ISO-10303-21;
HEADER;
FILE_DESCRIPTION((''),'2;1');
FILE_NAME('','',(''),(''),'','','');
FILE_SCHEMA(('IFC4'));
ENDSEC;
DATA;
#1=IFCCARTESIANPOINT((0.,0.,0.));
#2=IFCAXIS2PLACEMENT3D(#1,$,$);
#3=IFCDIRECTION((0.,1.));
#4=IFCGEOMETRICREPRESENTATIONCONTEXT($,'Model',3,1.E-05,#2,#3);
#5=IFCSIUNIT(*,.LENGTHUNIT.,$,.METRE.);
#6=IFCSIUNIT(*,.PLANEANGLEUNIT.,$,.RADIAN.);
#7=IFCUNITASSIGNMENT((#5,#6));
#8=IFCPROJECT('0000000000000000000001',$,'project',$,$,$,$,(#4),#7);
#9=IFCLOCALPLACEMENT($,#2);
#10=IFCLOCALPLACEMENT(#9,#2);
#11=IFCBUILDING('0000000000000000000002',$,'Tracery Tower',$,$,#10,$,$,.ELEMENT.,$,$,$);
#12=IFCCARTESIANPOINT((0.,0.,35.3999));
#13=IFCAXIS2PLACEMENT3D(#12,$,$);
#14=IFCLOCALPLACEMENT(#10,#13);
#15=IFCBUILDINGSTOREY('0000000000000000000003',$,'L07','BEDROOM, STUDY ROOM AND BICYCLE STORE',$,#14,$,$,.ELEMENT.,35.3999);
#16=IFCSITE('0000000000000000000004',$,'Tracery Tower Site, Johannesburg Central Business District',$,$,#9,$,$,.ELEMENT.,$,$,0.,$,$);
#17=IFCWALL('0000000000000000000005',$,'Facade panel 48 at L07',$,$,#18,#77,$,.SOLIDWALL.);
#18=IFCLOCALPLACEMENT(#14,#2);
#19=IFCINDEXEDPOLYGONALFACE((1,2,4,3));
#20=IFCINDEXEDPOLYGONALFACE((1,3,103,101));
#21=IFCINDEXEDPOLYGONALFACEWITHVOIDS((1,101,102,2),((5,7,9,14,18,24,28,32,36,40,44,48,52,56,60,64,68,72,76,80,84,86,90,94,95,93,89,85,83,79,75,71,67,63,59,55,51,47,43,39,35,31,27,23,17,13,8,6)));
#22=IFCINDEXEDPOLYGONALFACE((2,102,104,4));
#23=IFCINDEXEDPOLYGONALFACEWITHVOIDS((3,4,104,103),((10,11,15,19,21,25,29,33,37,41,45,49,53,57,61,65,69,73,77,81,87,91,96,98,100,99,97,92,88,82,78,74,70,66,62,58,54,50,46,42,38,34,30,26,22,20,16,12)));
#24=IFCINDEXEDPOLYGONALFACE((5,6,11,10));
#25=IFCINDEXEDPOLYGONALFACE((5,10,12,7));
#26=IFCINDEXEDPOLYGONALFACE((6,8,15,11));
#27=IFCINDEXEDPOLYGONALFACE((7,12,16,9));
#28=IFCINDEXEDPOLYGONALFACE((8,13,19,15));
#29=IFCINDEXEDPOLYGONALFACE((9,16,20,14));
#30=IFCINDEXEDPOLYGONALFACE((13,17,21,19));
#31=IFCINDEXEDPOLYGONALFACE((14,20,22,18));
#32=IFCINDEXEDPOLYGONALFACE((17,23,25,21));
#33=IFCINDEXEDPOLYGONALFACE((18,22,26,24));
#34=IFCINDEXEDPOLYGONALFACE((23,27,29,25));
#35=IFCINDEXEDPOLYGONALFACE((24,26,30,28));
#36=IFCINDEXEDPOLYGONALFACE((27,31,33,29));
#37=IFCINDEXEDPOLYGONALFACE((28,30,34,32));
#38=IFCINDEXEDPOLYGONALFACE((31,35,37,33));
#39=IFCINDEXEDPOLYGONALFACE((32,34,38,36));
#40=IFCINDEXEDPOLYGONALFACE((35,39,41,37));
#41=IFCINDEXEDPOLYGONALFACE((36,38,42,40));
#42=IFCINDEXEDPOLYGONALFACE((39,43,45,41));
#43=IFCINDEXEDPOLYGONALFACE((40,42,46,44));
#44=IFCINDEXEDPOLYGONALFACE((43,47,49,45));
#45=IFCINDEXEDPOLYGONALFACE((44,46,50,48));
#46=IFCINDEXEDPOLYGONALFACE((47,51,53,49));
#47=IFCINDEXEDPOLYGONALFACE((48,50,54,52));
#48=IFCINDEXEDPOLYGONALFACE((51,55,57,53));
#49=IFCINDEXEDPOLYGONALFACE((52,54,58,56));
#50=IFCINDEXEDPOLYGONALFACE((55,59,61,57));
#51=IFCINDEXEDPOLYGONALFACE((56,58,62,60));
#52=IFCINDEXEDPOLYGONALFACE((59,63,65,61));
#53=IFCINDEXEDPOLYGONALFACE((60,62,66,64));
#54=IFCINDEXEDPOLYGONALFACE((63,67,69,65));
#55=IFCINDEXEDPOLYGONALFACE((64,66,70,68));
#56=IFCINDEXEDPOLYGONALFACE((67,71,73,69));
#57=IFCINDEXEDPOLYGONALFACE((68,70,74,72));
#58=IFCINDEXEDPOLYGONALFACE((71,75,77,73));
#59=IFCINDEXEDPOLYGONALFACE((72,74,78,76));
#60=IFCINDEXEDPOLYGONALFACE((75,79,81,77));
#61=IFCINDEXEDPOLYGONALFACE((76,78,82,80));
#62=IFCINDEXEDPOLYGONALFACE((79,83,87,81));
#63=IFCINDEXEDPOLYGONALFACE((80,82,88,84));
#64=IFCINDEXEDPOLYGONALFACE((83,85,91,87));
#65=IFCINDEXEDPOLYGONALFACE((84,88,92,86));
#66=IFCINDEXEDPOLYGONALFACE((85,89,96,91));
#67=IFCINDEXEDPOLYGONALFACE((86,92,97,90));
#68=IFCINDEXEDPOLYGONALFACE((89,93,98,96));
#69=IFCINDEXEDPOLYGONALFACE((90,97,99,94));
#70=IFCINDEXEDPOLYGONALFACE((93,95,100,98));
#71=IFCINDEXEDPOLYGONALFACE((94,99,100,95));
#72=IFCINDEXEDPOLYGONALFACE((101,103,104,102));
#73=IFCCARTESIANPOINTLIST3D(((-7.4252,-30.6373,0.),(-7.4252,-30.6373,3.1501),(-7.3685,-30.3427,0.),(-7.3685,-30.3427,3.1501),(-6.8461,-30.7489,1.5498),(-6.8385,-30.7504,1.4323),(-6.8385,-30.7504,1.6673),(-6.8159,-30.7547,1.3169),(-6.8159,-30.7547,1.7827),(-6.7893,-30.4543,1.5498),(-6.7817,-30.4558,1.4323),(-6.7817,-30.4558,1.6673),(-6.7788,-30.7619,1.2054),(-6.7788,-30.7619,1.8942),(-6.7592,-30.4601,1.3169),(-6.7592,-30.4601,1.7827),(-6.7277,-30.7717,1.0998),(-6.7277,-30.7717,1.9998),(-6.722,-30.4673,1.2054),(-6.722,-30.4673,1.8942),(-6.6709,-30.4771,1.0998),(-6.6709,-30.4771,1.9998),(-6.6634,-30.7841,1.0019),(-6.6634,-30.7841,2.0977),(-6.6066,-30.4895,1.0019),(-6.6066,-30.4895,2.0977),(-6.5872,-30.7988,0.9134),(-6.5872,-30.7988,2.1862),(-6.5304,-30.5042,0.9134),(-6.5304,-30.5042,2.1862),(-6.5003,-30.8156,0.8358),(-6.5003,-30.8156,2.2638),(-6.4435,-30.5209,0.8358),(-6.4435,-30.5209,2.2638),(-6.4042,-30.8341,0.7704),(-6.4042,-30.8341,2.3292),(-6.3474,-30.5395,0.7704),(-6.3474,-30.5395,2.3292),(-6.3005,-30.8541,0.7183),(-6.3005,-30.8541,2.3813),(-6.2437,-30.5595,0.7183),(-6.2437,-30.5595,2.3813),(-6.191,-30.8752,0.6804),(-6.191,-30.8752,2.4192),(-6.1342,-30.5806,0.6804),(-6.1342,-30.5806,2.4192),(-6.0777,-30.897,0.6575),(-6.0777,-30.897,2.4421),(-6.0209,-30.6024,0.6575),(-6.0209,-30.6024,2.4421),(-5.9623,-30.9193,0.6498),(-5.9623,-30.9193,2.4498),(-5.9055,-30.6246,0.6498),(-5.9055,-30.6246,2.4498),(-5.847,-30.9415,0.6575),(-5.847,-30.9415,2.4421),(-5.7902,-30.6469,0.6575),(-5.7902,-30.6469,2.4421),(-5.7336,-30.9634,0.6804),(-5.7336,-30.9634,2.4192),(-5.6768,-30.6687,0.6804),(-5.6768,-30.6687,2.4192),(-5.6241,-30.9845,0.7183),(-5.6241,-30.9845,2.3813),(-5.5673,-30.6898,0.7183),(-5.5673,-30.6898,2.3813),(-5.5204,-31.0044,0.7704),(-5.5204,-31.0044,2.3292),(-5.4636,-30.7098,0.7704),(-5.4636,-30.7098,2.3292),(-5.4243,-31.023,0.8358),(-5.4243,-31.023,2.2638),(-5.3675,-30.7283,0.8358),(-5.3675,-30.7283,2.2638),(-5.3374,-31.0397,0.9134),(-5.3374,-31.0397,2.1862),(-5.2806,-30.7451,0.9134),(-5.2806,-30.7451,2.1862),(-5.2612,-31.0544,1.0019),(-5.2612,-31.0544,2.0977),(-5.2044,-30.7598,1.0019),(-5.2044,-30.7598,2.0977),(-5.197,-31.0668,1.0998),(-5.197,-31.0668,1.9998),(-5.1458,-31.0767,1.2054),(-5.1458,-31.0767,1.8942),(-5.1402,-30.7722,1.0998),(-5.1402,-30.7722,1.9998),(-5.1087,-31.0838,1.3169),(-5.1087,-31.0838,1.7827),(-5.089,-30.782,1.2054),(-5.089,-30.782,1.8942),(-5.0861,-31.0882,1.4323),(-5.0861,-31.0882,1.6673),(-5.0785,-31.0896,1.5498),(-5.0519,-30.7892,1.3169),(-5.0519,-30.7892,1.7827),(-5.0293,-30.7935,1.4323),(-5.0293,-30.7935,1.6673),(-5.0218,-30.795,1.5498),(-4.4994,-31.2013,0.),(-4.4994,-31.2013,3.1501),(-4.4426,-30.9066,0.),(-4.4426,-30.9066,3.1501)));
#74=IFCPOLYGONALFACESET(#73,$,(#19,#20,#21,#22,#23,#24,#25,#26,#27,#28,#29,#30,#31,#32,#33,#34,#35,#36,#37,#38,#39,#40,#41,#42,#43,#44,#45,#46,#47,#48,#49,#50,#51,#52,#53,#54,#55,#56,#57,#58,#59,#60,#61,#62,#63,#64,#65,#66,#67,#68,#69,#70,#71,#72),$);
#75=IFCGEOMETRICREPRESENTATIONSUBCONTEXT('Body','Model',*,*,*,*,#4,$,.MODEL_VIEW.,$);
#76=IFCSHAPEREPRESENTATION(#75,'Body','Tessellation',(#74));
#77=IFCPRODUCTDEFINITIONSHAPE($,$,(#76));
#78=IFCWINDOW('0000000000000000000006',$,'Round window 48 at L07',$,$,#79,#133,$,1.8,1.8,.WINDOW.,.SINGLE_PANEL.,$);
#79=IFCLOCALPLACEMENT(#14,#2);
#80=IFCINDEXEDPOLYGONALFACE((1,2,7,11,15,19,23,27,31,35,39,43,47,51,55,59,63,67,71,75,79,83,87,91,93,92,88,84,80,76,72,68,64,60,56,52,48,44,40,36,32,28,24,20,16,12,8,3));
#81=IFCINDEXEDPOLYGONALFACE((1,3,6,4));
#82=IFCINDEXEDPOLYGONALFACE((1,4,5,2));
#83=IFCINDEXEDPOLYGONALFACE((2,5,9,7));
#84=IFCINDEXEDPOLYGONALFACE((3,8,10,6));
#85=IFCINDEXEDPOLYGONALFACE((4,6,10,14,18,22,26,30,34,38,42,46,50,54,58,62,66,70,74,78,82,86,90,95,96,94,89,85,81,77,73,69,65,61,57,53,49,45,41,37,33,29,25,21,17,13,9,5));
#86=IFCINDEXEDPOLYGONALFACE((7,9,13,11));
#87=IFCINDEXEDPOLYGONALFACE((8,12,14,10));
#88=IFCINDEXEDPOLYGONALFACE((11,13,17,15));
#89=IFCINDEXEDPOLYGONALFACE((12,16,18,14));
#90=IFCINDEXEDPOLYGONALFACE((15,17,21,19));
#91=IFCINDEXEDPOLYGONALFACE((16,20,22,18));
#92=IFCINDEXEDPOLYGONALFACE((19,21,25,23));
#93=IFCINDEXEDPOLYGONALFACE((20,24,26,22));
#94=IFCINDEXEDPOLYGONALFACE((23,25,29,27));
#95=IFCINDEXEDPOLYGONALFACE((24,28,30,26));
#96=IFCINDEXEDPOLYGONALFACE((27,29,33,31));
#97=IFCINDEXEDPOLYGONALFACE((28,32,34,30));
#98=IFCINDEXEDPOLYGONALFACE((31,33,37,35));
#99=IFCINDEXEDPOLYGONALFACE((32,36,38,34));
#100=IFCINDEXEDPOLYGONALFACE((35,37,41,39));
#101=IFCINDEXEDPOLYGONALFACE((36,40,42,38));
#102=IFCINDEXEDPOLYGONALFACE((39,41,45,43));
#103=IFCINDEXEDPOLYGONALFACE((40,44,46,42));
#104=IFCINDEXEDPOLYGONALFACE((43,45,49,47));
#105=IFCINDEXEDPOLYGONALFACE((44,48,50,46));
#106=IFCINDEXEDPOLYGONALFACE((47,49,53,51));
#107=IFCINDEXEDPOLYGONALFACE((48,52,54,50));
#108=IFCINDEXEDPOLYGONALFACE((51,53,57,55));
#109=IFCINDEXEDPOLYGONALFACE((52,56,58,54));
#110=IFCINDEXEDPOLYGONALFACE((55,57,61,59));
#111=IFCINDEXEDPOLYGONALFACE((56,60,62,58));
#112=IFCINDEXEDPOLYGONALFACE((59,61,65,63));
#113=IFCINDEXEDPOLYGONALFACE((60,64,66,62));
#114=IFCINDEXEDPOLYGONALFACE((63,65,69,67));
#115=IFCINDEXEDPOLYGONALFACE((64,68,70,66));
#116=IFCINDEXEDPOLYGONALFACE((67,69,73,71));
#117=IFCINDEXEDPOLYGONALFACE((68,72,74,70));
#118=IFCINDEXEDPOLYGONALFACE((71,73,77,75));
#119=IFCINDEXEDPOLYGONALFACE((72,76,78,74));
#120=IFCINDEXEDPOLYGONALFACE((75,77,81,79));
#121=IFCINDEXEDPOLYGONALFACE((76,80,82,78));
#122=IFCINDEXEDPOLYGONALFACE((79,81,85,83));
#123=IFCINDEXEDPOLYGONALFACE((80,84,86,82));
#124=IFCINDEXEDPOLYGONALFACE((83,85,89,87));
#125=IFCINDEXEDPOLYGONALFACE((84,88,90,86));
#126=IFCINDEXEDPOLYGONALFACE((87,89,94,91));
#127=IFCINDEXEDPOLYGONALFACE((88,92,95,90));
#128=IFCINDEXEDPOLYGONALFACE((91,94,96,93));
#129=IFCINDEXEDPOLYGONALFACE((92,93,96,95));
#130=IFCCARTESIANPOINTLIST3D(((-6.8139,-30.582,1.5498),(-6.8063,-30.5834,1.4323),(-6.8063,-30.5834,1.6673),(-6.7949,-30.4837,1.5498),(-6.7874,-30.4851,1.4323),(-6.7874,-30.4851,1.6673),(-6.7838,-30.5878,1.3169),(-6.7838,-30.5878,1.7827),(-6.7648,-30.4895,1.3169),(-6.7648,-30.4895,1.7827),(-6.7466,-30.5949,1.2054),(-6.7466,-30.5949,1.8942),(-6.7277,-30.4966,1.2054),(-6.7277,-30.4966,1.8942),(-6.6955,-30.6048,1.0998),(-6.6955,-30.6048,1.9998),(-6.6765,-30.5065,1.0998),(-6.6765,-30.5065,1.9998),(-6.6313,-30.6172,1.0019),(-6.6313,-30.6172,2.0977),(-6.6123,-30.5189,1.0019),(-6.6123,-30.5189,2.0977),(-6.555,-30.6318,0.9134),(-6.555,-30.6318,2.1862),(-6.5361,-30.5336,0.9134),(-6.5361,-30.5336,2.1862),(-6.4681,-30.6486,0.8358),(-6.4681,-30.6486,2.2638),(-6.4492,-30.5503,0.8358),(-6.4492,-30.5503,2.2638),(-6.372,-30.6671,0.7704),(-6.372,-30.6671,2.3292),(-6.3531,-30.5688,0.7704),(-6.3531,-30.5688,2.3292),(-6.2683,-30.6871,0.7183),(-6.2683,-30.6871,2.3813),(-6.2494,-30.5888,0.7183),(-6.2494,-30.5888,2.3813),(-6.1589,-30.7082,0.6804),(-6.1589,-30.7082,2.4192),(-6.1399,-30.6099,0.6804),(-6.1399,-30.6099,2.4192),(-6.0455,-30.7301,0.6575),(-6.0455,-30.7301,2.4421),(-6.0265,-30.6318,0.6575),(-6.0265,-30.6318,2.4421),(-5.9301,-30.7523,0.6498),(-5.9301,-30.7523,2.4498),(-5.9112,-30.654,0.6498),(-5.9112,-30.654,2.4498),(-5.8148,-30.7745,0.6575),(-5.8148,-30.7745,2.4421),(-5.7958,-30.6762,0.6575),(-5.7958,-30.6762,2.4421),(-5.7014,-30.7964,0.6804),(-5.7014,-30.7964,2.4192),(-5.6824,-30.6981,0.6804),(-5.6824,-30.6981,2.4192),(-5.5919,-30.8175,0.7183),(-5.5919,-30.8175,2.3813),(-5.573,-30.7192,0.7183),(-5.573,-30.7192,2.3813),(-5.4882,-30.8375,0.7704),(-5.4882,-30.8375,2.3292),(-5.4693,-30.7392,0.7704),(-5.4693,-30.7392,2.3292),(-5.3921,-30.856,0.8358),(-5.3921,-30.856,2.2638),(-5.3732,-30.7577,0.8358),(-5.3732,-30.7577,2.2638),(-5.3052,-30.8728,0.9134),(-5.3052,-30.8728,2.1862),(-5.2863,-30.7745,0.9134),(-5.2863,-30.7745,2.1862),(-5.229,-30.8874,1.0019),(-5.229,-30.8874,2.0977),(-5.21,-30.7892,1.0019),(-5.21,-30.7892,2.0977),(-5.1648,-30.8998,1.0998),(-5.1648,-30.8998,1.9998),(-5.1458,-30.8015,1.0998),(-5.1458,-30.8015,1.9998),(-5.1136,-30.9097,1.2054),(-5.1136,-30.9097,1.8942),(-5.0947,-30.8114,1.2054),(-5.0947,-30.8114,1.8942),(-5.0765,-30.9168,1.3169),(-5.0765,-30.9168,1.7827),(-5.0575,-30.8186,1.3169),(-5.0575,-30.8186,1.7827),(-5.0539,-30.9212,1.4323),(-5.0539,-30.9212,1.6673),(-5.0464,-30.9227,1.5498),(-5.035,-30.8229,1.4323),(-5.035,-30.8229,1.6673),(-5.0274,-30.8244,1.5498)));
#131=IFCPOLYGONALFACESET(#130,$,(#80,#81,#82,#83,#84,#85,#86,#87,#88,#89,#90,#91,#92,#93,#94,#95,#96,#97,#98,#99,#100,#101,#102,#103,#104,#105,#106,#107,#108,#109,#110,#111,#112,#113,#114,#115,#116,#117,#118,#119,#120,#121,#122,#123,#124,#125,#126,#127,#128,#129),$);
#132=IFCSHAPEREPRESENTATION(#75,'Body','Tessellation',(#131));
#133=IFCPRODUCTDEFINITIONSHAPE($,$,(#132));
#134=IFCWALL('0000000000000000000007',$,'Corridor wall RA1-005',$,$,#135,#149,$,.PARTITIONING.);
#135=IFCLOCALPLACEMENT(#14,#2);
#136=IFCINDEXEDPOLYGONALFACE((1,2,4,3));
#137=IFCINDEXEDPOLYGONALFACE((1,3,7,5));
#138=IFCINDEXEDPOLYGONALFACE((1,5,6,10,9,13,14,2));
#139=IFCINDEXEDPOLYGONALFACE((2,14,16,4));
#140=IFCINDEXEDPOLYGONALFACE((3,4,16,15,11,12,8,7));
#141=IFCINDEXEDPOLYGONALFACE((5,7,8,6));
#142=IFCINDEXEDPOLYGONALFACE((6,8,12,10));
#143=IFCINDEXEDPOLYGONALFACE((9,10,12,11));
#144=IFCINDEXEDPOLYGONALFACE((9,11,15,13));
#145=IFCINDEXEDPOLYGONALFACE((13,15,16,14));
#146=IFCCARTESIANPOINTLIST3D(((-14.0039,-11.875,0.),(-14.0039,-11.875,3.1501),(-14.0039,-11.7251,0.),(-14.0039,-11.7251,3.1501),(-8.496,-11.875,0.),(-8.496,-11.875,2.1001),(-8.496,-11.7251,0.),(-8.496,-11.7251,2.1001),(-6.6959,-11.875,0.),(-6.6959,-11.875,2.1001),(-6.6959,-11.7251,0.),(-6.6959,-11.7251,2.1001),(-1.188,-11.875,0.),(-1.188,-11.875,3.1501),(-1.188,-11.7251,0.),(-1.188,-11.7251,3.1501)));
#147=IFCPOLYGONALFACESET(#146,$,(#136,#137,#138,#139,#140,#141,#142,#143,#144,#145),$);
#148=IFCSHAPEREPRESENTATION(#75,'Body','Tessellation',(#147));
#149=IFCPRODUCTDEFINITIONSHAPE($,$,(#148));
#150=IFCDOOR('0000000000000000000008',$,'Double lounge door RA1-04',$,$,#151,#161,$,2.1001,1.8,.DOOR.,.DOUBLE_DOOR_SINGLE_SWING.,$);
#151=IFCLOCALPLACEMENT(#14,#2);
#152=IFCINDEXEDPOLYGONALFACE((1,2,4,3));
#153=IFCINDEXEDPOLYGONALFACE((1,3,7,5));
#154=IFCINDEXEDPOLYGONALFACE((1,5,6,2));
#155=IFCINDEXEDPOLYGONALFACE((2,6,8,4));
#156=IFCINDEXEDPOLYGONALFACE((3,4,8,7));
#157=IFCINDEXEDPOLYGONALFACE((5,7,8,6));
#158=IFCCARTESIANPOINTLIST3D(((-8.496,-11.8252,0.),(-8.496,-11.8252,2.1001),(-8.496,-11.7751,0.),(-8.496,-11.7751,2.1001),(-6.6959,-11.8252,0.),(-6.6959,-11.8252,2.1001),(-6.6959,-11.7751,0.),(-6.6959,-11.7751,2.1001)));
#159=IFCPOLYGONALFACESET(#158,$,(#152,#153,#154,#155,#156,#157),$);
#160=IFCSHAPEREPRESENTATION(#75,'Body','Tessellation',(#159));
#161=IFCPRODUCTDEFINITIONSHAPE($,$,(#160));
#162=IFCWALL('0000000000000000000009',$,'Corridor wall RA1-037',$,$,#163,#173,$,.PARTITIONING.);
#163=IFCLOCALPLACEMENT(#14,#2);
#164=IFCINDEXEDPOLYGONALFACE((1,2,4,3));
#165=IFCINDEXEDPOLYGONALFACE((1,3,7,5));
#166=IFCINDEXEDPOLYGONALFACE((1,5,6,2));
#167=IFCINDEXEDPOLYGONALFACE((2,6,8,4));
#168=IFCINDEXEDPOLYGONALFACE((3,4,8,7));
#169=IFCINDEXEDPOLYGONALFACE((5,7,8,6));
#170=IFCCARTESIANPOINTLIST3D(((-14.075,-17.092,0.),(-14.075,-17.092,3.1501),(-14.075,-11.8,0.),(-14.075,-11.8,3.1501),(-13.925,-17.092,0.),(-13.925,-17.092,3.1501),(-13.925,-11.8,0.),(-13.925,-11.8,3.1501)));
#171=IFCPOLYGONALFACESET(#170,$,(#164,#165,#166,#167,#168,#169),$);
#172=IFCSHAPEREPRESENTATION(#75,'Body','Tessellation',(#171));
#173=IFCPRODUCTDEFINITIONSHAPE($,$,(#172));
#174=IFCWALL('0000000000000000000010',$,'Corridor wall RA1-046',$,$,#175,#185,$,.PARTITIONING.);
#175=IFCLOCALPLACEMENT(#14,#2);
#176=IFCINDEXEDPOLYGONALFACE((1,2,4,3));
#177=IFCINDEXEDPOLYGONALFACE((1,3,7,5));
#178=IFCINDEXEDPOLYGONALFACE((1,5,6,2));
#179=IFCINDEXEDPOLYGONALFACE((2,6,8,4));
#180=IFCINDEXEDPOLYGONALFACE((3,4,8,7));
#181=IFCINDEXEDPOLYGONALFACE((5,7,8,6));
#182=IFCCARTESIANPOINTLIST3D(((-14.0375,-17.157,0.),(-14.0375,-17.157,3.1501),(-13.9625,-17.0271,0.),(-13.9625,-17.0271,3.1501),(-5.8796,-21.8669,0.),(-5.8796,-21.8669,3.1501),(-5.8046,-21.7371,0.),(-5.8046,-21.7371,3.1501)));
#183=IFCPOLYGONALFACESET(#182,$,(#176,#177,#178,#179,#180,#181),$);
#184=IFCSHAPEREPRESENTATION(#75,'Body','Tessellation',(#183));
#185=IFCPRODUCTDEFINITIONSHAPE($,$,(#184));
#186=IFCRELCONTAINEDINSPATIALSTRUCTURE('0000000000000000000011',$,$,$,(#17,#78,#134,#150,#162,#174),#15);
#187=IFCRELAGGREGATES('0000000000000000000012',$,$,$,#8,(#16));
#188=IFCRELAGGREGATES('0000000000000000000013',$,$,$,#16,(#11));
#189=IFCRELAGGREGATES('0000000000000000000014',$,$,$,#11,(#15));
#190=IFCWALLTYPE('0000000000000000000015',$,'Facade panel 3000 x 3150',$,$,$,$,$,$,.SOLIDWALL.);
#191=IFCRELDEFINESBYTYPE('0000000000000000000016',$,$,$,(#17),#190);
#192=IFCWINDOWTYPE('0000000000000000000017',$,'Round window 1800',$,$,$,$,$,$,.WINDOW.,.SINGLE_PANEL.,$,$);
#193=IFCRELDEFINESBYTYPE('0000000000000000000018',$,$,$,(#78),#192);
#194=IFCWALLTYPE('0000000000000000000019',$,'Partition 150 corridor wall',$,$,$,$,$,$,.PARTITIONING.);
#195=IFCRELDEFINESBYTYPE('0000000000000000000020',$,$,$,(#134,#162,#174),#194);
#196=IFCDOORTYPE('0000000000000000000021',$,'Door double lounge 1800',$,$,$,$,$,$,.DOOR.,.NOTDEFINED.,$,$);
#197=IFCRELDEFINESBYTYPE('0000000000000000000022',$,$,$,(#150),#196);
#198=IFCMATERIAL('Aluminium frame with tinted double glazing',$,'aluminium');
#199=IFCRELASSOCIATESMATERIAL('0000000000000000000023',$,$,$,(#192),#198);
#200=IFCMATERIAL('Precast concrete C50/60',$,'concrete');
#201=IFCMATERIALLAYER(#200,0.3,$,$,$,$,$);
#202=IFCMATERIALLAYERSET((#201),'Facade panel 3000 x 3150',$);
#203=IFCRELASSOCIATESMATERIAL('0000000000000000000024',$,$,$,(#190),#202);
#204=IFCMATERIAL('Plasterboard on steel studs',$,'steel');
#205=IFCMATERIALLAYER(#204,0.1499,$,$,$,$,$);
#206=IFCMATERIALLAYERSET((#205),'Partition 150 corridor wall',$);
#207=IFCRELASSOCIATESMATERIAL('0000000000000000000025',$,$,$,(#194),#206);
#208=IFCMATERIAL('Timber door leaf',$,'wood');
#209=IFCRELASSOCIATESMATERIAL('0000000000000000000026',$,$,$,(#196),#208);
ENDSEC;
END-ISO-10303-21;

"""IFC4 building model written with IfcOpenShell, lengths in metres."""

from ifc_helpers import new_model, si_unit, direction, frame, frame_2d, origin, origin_2d, place, context, subcontext, project, spatial, rectangle, circle, extrude, material, layer, layer_set, type_object, element, fill, save


model = new_model("IFC4")

# Units and contexts
model_context = context("Model", 3, precision=1e-05, world=origin(), true_north=direction((0.0, 1.0)))
body_context = subcontext(model_context, "Body", "Model", "MODEL_VIEW")
ifc_project = project(units=[si_unit("LENGTHUNIT", "METRE"), si_unit("PLANEANGLEUNIT", "RADIAN")], contexts=[model_context])

# Site, building, storey
site_placement = place(None, origin())
site = spatial("IfcSite", under=ifc_project, at=site_placement, Name="Tracery Tower Site, Johannesburg Central Business District", CompositionType="ELEMENT", RefElevation=0.0)
building_placement = place(site_placement, origin())
building = spatial("IfcBuilding", under=site, at=building_placement, Name="Tracery Tower", CompositionType="ELEMENT")
storey_placement = place(building_placement, frame((0.0, 0.0, 35.3999)))
storey = spatial("IfcBuildingStorey", under=building, at=storey_placement, Name="L07", Description="BEDROOM, STUDY ROOM AND BICYCLE STORE", CompositionType="ELEMENT", Elevation=35.3999)

# Wall, opening, window
ifc_material_1 = material(Name="Aluminium frame with tinted double glazing", Category="aluminium")
window_type = type_object("IfcWindowType", Name="Round window 1800", PartitioningType="SINGLE_PANEL", PredefinedType="WINDOW", material=ifc_material_1)
ifc_material_2 = material(Name="Precast concrete C50/60", Category="concrete")
ifc_layer_1 = layer(ifc_material_2, 0.3)
ifc_layer_set_1 = layer_set([ifc_layer_1], Name="Facade panel 3000 x 3150")
wall_type_1 = type_object("IfcWallType", Name="Facade panel 3000 x 3150", PredefinedType="SOLIDWALL", material=ifc_layer_set_1)
wall_1_placement = place(storey_placement, frame((-7.3967, -30.49, 0.0), z_axis=(0.0, 0.0, 1.0), x_axis=(0.981925, -0.189273, 0.0)))
wall_1 = element("IfcWall", 1, at=wall_1_placement, inside=storey, type_object=wall_type_1, Name="Facade panel 48 at L07", PredefinedType="SOLIDWALL", context=body_context, shape_type="SweptSolid", body=[
    extrude(rectangle(XDim=2.9797, YDim=0.3, at=frame_2d((1.4897, 0.0))), origin(), (0.0, 0.0, 1.0), 3.1501),
])
opening_1_placement = place(wall_1_placement, frame((1.4897, 0.0, 1.5498)))
opening_1 = element("IfcOpeningElement", 2, at=opening_1_placement, cuts=wall_1, PredefinedType="OPENING", context=body_context, shape_type="SweptSolid", body=[
    extrude(circle(Radius=0.9, at=origin_2d()), frame((0.0, 0.1599, 0.0), z_axis=(0.0, -1.0, 0.0), x_axis=(1.0, 0.0, 0.0)), (0.0, 0.0, 1.0), 0.3201),
])
window_1_placement = place(opening_1_placement, origin())
window_1 = element("IfcWindow", 3, at=window_1_placement, inside=storey, type_object=window_type, Name="Round window 48 at L07", OverallHeight=1.8, OverallWidth=1.8, PartitioningType="SINGLE_PANEL", PredefinedType="WINDOW", context=body_context, shape_type="SweptSolid", body=[
    extrude(circle(Radius=0.9, at=origin_2d()), frame((0.0, 0.1201, 0.0), z_axis=(0.0, -1.0, 0.0), x_axis=(1.0, 0.0, 0.0)), (0.0, 0.0, 1.0), 0.1001),
])
fill(opening_1, window_1)

# Wall, opening, door
ifc_material_3 = material(Name="Plasterboard on steel studs", Category="steel")
ifc_layer_2 = layer(ifc_material_3, 0.1499)
ifc_layer_set_2 = layer_set([ifc_layer_2], Name="Partition 150 corridor wall")
wall_type_2 = type_object("IfcWallType", Name="Partition 150 corridor wall", PredefinedType="PARTITIONING", material=ifc_layer_set_2)
wall_2_placement = place(storey_placement, frame((-14.0039, -11.8, 0.0), z_axis=(0.0, 0.0, 1.0), x_axis=(1.0, 0.0, 0.0)))
wall_2 = element("IfcWall", 4, at=wall_2_placement, inside=storey, type_object=wall_type_2, Name="Corridor wall RA1-005", PredefinedType="PARTITIONING", context=body_context, shape_type="SweptSolid", body=[
    extrude(rectangle(XDim=12.8159, YDim=0.1499, at=frame_2d((6.408, 0.0))), origin(), (0.0, 0.0, 1.0), 3.1501),
])
opening_2_placement = place(wall_2_placement, frame((5.5081, 0.0, 0.0)))
opening_2 = element("IfcOpeningElement", 5, at=opening_2_placement, cuts=wall_2, PredefinedType="OPENING", context=body_context, shape_type="SweptSolid", body=[
    extrude(rectangle(XDim=1.8, YDim=2.1001, at=frame_2d((0.8999, 1.05))), frame((0.0, 0.075, 0.0), z_axis=(0.0, -1.0, 0.0), x_axis=(1.0, 0.0, 0.0)), (0.0, 0.0, 1.0), 0.1499),
])
ifc_material_4 = material(Name="Timber door leaf", Category="wood")
door_type = type_object("IfcDoorType", Name="Door double lounge 1800", OperationType="NOTDEFINED", PredefinedType="DOOR", material=ifc_material_4)
door_1_placement = place(opening_2_placement, origin())
door_1 = element("IfcDoor", 6, at=door_1_placement, inside=storey, type_object=door_type, Name="Double lounge door RA1-04", OperationType="DOUBLE_DOOR_SINGLE_SWING", OverallHeight=2.1001, OverallWidth=1.8, PredefinedType="DOOR", context=body_context, shape_type="SweptSolid", body=[
    extrude(rectangle(XDim=1.8, YDim=2.1001, at=frame_2d((0.8999, 1.05))), frame((0.0, 0.0249, 0.0), z_axis=(0.0, -1.0, 0.0), x_axis=(1.0, 0.0, 0.0)), (0.0, 0.0, 1.0), 0.05),
])
fill(opening_2, door_1)

# Walls
wall_3_placement = place(storey_placement, frame((-14.0, -17.092, 0.0), z_axis=(0.0, 0.0, 1.0), x_axis=(0.0, 1.0, 0.0)))
element("IfcWall", 7, at=wall_3_placement, inside=storey, type_object=wall_type_2, Name="Corridor wall RA1-037", PredefinedType="PARTITIONING", context=body_context, shape_type="SweptSolid", body=[
    extrude(rectangle(XDim=5.292, YDim=0.1499, at=frame_2d((2.646, 0.0))), origin(), (0.0, 0.0, 1.0), 3.1501),
])
wall_4_placement = place(storey_placement, frame((-14.0, -17.092, 0.0), z_axis=(0.0, 0.0, 1.0), x_axis=(0.866027, -0.499997, 0.0)))
element("IfcWall", 8, at=wall_4_placement, inside=storey, type_object=wall_type_2, Name="Corridor wall RA1-046", PredefinedType="PARTITIONING", context=body_context, shape_type="SweptSolid", body=[
    extrude(rectangle(XDim=9.4199, YDim=0.1499, at=frame_2d((4.71, 0.0))), origin(), (0.0, 0.0, 1.0), 3.1501),
])

save(model, "model.ifc")
